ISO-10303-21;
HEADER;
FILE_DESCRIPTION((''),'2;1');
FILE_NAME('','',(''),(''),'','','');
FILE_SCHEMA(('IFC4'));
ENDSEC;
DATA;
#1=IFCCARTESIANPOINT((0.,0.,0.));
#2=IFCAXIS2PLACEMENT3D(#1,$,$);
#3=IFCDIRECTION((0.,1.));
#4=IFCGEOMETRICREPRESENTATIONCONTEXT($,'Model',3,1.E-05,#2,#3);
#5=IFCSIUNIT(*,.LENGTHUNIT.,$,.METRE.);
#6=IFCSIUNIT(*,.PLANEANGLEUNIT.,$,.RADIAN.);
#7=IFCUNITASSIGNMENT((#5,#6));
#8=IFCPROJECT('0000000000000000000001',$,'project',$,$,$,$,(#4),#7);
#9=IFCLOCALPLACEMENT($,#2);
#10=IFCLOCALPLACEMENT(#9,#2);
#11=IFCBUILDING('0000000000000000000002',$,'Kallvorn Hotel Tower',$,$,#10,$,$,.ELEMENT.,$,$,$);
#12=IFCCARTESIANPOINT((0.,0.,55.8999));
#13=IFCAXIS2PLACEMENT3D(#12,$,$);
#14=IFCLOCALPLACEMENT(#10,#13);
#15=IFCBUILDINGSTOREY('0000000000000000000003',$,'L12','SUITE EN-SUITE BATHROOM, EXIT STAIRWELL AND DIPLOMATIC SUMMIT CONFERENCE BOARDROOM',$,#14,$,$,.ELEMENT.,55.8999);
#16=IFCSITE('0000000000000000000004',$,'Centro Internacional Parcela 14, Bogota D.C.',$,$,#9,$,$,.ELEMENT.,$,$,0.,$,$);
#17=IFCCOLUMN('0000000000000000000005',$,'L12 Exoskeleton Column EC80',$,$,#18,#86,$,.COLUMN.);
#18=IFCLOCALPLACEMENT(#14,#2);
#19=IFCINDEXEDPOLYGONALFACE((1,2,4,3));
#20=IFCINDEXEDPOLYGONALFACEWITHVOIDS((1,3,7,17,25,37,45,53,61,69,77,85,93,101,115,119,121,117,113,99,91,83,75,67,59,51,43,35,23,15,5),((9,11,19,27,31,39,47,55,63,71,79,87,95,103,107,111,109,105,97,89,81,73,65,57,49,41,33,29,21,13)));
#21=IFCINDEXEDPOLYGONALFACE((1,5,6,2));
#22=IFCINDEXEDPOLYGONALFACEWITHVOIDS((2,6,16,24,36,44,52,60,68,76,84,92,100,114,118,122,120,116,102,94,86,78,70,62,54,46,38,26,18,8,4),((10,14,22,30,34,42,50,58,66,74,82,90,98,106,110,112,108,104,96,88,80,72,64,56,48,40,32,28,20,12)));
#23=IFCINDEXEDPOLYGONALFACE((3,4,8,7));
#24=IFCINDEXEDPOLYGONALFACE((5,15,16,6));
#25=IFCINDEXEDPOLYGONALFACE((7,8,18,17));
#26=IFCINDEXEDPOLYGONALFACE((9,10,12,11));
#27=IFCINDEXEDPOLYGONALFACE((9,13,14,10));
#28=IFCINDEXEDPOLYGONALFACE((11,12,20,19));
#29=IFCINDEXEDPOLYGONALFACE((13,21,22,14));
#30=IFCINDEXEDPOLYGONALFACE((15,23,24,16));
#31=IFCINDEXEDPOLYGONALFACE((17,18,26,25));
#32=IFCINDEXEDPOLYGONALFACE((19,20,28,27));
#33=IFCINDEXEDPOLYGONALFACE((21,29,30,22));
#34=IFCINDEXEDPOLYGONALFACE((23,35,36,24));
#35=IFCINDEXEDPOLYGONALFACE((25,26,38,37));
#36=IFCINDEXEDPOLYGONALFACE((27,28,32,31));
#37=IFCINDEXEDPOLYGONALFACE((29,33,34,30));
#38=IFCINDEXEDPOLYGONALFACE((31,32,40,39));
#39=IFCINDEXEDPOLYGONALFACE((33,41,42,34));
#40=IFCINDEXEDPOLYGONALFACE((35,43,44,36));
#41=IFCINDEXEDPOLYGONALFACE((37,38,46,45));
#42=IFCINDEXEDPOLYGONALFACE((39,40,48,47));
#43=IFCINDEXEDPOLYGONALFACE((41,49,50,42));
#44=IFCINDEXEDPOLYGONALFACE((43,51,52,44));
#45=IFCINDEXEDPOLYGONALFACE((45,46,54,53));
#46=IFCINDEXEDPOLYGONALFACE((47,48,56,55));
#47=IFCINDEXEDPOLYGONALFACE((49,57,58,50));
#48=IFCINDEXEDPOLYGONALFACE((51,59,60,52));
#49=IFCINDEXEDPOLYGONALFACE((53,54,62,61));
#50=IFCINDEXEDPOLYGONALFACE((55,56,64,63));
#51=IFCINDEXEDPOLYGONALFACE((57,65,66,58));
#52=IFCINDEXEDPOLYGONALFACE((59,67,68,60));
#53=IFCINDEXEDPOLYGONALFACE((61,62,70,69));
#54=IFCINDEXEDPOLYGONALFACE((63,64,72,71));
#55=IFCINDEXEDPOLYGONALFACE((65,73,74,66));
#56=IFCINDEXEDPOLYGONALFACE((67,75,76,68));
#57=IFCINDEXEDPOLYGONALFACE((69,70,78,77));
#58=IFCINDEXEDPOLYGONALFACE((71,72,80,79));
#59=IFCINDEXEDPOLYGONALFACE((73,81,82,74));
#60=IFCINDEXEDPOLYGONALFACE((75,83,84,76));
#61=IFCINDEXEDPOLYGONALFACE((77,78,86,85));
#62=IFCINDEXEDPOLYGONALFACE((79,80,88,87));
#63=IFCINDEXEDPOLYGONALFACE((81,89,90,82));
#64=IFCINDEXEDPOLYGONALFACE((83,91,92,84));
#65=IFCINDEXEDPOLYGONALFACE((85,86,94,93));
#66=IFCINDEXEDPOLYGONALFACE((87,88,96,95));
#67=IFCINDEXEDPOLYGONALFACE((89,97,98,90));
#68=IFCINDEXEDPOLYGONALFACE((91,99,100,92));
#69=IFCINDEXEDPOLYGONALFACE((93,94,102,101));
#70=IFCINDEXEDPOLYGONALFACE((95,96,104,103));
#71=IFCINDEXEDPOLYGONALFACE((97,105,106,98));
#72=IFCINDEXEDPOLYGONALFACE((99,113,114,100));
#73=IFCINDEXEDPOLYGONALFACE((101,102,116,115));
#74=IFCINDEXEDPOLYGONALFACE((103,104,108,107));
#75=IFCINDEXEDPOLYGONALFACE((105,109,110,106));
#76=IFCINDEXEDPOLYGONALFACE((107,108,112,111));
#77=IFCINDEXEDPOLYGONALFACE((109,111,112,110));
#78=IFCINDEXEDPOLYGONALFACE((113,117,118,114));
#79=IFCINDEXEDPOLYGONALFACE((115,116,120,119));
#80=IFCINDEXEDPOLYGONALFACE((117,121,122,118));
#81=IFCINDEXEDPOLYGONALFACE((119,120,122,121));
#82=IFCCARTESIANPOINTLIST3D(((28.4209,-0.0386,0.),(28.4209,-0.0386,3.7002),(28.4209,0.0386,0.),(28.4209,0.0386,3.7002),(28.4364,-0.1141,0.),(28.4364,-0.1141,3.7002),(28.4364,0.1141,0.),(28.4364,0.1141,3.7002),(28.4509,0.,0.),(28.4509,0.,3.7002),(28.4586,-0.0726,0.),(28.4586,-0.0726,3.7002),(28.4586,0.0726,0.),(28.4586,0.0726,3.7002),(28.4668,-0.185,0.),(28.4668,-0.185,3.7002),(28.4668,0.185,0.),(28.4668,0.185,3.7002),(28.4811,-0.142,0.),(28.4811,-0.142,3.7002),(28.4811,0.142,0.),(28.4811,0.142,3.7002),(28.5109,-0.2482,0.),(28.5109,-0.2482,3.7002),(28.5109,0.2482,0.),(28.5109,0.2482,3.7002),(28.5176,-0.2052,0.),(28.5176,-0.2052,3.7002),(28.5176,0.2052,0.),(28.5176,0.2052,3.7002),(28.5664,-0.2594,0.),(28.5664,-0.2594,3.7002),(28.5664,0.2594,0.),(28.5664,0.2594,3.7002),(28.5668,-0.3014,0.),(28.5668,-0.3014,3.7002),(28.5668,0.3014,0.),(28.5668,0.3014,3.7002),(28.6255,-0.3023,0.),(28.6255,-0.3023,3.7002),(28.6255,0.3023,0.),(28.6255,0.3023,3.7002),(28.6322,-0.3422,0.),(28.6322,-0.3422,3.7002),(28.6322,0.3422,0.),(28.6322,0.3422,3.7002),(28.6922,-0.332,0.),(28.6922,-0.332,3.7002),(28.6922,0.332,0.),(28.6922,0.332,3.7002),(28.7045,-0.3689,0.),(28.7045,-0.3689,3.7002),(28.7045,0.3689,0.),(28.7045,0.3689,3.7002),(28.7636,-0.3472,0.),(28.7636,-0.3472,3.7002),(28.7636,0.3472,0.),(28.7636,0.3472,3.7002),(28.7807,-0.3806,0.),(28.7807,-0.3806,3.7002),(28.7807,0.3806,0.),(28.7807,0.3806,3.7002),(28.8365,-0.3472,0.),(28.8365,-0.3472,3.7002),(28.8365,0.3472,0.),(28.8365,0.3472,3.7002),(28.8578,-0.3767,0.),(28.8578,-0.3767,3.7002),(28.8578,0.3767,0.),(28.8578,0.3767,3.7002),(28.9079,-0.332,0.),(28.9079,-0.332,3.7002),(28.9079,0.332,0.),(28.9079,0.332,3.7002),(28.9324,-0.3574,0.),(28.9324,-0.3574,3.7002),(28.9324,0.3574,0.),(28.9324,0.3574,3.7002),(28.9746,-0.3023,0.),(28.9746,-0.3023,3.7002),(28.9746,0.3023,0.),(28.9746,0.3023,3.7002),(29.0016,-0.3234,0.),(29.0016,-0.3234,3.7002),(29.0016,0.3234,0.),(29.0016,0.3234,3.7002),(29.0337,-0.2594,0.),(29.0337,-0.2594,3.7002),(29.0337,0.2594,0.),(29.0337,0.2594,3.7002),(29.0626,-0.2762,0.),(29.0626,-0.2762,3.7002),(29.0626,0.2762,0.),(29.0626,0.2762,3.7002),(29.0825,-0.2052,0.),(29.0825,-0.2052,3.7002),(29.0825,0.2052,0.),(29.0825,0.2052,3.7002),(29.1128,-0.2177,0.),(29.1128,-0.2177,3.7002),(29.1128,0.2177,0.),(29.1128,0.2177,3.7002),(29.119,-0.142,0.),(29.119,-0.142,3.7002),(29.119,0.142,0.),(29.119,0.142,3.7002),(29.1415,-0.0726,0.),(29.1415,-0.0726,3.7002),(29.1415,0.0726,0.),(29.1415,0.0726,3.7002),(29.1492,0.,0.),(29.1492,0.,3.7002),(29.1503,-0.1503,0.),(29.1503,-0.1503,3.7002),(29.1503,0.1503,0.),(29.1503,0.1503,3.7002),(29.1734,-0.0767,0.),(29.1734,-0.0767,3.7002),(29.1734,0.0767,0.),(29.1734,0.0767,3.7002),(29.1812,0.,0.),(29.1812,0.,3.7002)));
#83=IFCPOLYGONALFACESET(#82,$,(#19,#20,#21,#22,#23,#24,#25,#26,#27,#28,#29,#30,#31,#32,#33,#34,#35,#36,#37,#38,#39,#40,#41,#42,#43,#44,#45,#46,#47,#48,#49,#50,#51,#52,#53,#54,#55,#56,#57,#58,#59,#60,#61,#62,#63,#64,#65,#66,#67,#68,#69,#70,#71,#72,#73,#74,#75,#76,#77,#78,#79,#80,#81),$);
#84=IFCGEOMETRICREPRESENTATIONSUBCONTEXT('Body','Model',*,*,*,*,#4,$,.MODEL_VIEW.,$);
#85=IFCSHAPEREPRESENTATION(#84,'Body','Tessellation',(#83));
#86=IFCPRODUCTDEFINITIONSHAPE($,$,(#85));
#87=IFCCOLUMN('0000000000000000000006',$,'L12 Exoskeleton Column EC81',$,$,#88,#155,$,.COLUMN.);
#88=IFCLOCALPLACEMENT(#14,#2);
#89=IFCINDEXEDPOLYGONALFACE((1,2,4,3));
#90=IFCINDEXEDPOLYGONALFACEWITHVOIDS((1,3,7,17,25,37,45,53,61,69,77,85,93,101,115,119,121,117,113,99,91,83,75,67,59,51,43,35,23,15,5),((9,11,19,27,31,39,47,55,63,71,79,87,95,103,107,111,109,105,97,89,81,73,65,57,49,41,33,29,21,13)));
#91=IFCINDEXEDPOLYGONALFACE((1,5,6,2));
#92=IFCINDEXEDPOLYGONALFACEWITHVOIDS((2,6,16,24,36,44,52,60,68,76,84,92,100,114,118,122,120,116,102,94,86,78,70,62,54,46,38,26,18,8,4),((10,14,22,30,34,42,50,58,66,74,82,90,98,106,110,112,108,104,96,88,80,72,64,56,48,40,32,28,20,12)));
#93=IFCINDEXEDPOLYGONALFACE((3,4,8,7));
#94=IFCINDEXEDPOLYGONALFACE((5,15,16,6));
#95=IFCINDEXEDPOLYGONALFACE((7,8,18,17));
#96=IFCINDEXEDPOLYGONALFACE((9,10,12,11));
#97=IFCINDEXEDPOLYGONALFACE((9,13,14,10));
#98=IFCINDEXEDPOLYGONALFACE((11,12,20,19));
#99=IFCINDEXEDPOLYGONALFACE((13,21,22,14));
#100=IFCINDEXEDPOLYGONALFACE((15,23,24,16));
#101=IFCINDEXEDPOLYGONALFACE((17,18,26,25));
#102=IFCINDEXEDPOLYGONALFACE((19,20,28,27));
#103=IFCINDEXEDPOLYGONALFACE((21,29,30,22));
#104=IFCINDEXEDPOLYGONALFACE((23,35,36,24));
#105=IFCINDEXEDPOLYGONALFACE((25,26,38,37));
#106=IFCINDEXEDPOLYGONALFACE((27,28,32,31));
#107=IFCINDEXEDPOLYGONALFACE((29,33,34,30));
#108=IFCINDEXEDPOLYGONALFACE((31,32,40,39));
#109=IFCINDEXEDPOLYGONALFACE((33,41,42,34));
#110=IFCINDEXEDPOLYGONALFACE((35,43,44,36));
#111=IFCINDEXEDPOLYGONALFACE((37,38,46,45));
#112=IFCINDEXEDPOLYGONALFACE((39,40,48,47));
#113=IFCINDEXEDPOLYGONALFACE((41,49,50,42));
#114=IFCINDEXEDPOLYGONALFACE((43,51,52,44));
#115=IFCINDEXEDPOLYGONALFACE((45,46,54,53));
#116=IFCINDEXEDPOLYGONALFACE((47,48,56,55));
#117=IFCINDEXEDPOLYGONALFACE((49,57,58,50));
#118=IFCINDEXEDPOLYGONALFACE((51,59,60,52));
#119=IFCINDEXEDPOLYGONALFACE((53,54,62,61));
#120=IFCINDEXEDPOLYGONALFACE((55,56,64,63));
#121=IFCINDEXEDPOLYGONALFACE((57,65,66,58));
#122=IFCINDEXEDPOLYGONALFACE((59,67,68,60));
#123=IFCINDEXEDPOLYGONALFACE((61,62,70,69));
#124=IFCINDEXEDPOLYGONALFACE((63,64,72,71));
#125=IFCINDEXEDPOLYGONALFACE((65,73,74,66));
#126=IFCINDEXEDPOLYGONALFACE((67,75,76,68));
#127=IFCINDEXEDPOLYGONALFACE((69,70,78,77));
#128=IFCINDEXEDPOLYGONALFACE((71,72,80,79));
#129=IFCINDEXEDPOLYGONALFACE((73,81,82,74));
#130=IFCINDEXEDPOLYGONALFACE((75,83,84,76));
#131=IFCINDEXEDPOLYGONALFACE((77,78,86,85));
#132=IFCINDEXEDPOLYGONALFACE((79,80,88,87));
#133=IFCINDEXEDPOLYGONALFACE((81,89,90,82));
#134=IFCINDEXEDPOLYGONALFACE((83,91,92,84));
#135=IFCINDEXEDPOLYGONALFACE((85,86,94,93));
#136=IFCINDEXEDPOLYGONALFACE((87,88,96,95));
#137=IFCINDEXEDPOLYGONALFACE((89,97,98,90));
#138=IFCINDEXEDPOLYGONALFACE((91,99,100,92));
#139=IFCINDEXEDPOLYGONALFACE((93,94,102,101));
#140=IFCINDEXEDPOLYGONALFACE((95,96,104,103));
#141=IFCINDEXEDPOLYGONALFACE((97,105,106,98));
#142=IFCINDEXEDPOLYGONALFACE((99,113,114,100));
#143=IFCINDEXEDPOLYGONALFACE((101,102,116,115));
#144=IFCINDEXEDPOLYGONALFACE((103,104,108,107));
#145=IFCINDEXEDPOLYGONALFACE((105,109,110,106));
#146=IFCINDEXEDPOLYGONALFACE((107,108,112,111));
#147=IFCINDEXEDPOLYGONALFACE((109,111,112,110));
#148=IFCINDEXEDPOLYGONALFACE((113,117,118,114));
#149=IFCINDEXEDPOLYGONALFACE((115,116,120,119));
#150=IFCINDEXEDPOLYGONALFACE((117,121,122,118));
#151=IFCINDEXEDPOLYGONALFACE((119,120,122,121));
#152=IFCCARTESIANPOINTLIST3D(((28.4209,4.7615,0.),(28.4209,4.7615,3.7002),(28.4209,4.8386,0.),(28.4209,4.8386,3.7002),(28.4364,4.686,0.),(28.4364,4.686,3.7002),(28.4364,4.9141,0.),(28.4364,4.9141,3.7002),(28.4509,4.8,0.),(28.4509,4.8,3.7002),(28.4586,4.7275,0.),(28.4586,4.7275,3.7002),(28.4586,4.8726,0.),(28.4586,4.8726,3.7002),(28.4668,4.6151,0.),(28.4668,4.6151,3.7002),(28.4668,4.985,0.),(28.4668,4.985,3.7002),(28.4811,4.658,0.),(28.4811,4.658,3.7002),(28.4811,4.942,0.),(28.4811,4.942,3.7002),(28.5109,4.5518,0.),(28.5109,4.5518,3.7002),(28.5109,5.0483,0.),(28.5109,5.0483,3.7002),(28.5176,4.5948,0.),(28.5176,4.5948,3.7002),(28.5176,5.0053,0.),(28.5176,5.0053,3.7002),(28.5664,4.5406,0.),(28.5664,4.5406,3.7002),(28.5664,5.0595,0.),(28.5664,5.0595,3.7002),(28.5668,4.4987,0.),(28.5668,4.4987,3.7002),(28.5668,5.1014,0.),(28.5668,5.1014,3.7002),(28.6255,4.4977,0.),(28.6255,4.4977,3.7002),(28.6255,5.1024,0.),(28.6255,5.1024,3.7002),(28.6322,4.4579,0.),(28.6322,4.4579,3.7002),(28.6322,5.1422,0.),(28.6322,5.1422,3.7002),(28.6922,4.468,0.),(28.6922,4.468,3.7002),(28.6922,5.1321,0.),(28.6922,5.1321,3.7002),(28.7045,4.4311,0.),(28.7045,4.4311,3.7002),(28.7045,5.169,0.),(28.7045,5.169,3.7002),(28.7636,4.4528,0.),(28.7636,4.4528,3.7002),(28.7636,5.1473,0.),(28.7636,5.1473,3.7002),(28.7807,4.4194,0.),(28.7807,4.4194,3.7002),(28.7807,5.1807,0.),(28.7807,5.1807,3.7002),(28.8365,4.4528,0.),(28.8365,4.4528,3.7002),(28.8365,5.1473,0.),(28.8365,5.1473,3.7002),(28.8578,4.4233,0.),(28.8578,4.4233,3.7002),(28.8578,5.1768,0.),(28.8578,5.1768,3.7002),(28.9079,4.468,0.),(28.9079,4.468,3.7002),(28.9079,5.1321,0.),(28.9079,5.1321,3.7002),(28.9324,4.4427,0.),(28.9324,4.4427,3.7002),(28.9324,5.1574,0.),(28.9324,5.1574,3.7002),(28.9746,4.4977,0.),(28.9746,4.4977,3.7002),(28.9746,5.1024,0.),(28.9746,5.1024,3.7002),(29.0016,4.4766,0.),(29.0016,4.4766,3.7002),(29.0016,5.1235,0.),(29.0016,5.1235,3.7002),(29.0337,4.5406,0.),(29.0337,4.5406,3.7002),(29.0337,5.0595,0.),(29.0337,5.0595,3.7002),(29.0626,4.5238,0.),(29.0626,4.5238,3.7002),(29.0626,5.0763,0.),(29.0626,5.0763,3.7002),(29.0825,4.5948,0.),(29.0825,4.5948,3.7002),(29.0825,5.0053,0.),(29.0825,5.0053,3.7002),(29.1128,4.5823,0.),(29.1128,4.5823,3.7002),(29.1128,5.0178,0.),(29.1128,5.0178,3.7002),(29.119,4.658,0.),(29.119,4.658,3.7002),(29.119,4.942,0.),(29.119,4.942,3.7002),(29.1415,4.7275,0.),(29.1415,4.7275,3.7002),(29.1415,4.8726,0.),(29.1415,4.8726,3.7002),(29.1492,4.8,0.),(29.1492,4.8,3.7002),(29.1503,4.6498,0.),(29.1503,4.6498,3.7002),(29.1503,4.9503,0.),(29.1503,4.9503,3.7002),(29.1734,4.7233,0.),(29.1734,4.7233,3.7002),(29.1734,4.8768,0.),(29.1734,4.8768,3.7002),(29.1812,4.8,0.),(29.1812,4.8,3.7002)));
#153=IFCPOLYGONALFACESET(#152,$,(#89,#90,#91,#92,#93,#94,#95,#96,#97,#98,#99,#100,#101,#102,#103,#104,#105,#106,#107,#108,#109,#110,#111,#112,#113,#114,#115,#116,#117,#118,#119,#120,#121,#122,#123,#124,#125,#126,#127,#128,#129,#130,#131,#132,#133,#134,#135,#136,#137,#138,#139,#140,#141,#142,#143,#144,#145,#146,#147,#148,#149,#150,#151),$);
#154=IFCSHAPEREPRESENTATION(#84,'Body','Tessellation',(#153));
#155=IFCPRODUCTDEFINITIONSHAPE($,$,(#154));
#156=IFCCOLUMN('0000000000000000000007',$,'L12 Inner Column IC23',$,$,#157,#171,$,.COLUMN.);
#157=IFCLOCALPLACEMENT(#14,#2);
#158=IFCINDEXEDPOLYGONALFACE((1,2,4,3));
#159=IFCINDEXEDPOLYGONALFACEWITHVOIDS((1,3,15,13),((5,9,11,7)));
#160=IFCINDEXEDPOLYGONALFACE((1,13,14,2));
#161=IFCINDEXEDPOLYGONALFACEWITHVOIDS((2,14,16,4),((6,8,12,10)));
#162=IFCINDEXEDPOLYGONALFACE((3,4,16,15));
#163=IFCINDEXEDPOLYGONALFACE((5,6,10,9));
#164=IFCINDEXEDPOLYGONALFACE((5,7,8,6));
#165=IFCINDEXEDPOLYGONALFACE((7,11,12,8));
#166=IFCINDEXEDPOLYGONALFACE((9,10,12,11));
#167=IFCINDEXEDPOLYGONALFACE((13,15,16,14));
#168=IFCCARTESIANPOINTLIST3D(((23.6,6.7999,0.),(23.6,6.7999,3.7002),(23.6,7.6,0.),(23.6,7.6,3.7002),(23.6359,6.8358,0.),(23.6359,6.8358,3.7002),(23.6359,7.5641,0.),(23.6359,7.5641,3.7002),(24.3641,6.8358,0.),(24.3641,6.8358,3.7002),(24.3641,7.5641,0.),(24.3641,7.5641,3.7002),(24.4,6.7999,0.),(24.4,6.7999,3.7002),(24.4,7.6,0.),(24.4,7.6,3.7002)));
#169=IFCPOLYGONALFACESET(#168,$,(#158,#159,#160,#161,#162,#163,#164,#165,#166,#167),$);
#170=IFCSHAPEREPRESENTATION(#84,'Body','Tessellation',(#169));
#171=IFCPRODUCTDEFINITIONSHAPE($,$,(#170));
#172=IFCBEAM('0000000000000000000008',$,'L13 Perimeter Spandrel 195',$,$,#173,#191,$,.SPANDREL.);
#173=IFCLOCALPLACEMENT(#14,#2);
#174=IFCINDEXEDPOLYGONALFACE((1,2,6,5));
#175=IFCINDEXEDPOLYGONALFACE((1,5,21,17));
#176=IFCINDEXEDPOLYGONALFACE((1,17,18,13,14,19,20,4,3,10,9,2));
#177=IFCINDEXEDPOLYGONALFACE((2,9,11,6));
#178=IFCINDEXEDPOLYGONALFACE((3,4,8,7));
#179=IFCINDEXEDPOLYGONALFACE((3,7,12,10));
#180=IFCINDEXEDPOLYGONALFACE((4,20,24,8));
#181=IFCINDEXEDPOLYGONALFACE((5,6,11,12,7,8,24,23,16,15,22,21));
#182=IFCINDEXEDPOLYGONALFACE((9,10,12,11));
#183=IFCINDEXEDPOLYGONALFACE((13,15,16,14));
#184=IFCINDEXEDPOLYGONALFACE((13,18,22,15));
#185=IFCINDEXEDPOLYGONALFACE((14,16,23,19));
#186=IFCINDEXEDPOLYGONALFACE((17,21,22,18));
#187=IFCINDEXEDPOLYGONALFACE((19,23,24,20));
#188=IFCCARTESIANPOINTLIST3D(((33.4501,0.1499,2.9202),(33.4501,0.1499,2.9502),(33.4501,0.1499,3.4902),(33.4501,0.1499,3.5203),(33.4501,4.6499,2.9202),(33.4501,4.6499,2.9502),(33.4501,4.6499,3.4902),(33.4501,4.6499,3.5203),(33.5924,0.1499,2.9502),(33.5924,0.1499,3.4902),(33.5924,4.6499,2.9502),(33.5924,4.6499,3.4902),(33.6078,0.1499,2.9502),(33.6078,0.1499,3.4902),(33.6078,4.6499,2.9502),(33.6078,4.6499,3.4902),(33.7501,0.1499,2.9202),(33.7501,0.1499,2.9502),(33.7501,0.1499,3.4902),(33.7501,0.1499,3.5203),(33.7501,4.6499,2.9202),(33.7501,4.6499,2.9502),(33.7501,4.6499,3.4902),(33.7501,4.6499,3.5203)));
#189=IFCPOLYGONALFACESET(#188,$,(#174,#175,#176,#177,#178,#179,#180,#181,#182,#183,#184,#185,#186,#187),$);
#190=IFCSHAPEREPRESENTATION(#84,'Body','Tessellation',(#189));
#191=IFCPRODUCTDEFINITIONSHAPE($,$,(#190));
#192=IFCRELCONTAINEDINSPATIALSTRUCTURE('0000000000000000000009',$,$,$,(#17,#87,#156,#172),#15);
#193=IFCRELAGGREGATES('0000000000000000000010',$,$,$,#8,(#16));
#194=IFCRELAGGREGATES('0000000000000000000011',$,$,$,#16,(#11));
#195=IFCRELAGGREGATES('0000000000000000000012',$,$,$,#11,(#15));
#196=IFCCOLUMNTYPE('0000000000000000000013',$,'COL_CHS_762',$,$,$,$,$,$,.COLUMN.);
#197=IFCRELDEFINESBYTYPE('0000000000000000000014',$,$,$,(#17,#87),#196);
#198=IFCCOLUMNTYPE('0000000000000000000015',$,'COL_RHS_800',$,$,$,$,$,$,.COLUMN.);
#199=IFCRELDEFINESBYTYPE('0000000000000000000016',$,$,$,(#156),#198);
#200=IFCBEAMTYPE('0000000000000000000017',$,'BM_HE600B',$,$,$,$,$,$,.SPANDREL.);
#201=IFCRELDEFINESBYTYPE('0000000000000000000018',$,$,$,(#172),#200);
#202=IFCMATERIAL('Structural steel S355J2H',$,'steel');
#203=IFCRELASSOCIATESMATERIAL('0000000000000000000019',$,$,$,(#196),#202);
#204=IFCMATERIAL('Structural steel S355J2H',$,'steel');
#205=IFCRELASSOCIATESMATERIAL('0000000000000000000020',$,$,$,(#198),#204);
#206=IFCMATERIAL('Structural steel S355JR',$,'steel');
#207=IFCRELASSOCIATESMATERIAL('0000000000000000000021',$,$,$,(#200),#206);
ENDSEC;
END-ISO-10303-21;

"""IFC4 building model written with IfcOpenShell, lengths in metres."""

from ifc_helpers import new_model, si_unit, direction, frame, origin, origin_2d, place, context, subcontext, project, spatial, hollow_rectangle, hollow_circle, i_section, extrude, material, material_profile, profile_set, type_object, element, save


model = new_model("IFC4")

# Units and contexts
model_context = context("Model", 3, precision=1e-05, world=origin(), true_north=direction((0.0, 1.0)))
body_context = subcontext(model_context, "Body", "Model", "MODEL_VIEW")
ifc_project = project(units=[si_unit("LENGTHUNIT", "METRE"), si_unit("PLANEANGLEUNIT", "RADIAN")], contexts=[model_context])

# Site, building, storey
site_placement = place(None, origin())
site = spatial("IfcSite", under=ifc_project, at=site_placement, Name="Centro Internacional Parcela 14, Bogota D.C.", CompositionType="ELEMENT", RefElevation=0.0)
building_placement = place(site_placement, origin())
building = spatial("IfcBuilding", under=site, at=building_placement, Name="Kallvorn Hotel Tower", CompositionType="ELEMENT")
storey_placement = place(building_placement, frame((0.0, 0.0, 55.8999)))
storey = spatial("IfcBuildingStorey", under=building, at=storey_placement, Name="L12", Description="SUITE EN-SUITE BATHROOM, EXIT STAIRWELL AND DIPLOMATIC SUMMIT CONFERENCE BOARDROOM", CompositionType="ELEMENT", Elevation=55.8999)

# Columns
ifc_material_1 = material(Name="Structural steel S355J2H", Category="steel")
ifc_material_profile_1 = material_profile(ifc_material_1, hollow_circle(Radius=0.3811, WallThickness=0.032, at=origin_2d()), Name="CHS 762x32")
ifc_profile_set_1 = profile_set([ifc_material_profile_1], Name="Structural steel S355J2H")
column_type_1 = type_object("IfcColumnType", Name="COL_CHS_762", PredefinedType="COLUMN", material=ifc_profile_set_1)
for number, where, z_axis, x_axis, name in (
    (1, (28.8, 0.0, 0.0), (0.0, 0.0, 1.0), (1.0, 0.0, 0.0), "L12 Exoskeleton Column EC80"),
    (2, (28.8, 4.8, 0.0), (0.0, 0.0, 1.0), (1.0, 0.0, 0.0), "L12 Exoskeleton Column EC81"),
):
    element("IfcColumn", number, at=place(storey_placement, frame(where, z_axis=z_axis, x_axis=x_axis)), inside=storey, type_object=column_type_1, Name=name, PredefinedType="COLUMN", context=body_context, shape_type="SweptSolid", body=[
        extrude(hollow_circle(Radius=0.3811, WallThickness=0.032, at=origin_2d()), origin(), (0.0, 0.0, 1.0), 3.7002),
    ])
ifc_material_2 = material(Name="Structural steel S355J2H", Category="steel")
ifc_material_profile_2 = material_profile(ifc_material_2, hollow_rectangle(XDim=0.8, YDim=0.8, WallThickness=0.0359, at=origin_2d()), Name="RHS 800x800x36")
ifc_profile_set_2 = profile_set([ifc_material_profile_2], Name="Structural steel S355J2H")
column_type_2 = type_object("IfcColumnType", Name="COL_RHS_800", PredefinedType="COLUMN", material=ifc_profile_set_2)
column_placement = place(storey_placement, frame((24.0, 7.2, 0.0), z_axis=(0.0, 0.0, 1.0), x_axis=(1.0, 0.0, 0.0)))
element("IfcColumn", 3, at=column_placement, inside=storey, type_object=column_type_2, Name="L12 Inner Column IC23", PredefinedType="COLUMN", context=body_context, shape_type="SweptSolid", body=[
    extrude(hollow_rectangle(XDim=0.8, YDim=0.8, WallThickness=0.0359, at=origin_2d()), origin(), (0.0, 0.0, 1.0), 3.7002),
])

# Beam
ifc_material_3 = material(Name="Structural steel S355JR", Category="steel")
ifc_material_profile_3 = material_profile(ifc_material_3, i_section(OverallWidth=0.3, OverallDepth=0.6001, WebThickness=0.0154, FlangeThickness=0.03, at=origin_2d()), Name="HE 600 B")
ifc_profile_set_3 = profile_set([ifc_material_profile_3], Name="Structural steel S355JR")
beam_type_1 = type_object("IfcBeamType", Name="BM_HE600B", PredefinedType="SPANDREL", material=ifc_profile_set_3)
for number, where, z_axis, x_axis, name in (
    (4, (33.6001, 0.1499, 3.2202), (0.0, 1.0, 0.0), (-1.0, 0.0, 0.0), "L13 Perimeter Spandrel 195"),
):
    element("IfcBeam", number, at=place(storey_placement, frame(where, z_axis=z_axis, x_axis=x_axis)), inside=storey, type_object=beam_type_1, Name=name, PredefinedType="SPANDREL", context=body_context, shape_type="SweptSolid", body=[
        extrude(i_section(OverallWidth=0.3, OverallDepth=0.6001, WebThickness=0.0154, FlangeThickness=0.03, at=origin_2d()), origin(), (0.0, 0.0, 1.0), 4.5),
    ])

save(model, "model.ifc")
